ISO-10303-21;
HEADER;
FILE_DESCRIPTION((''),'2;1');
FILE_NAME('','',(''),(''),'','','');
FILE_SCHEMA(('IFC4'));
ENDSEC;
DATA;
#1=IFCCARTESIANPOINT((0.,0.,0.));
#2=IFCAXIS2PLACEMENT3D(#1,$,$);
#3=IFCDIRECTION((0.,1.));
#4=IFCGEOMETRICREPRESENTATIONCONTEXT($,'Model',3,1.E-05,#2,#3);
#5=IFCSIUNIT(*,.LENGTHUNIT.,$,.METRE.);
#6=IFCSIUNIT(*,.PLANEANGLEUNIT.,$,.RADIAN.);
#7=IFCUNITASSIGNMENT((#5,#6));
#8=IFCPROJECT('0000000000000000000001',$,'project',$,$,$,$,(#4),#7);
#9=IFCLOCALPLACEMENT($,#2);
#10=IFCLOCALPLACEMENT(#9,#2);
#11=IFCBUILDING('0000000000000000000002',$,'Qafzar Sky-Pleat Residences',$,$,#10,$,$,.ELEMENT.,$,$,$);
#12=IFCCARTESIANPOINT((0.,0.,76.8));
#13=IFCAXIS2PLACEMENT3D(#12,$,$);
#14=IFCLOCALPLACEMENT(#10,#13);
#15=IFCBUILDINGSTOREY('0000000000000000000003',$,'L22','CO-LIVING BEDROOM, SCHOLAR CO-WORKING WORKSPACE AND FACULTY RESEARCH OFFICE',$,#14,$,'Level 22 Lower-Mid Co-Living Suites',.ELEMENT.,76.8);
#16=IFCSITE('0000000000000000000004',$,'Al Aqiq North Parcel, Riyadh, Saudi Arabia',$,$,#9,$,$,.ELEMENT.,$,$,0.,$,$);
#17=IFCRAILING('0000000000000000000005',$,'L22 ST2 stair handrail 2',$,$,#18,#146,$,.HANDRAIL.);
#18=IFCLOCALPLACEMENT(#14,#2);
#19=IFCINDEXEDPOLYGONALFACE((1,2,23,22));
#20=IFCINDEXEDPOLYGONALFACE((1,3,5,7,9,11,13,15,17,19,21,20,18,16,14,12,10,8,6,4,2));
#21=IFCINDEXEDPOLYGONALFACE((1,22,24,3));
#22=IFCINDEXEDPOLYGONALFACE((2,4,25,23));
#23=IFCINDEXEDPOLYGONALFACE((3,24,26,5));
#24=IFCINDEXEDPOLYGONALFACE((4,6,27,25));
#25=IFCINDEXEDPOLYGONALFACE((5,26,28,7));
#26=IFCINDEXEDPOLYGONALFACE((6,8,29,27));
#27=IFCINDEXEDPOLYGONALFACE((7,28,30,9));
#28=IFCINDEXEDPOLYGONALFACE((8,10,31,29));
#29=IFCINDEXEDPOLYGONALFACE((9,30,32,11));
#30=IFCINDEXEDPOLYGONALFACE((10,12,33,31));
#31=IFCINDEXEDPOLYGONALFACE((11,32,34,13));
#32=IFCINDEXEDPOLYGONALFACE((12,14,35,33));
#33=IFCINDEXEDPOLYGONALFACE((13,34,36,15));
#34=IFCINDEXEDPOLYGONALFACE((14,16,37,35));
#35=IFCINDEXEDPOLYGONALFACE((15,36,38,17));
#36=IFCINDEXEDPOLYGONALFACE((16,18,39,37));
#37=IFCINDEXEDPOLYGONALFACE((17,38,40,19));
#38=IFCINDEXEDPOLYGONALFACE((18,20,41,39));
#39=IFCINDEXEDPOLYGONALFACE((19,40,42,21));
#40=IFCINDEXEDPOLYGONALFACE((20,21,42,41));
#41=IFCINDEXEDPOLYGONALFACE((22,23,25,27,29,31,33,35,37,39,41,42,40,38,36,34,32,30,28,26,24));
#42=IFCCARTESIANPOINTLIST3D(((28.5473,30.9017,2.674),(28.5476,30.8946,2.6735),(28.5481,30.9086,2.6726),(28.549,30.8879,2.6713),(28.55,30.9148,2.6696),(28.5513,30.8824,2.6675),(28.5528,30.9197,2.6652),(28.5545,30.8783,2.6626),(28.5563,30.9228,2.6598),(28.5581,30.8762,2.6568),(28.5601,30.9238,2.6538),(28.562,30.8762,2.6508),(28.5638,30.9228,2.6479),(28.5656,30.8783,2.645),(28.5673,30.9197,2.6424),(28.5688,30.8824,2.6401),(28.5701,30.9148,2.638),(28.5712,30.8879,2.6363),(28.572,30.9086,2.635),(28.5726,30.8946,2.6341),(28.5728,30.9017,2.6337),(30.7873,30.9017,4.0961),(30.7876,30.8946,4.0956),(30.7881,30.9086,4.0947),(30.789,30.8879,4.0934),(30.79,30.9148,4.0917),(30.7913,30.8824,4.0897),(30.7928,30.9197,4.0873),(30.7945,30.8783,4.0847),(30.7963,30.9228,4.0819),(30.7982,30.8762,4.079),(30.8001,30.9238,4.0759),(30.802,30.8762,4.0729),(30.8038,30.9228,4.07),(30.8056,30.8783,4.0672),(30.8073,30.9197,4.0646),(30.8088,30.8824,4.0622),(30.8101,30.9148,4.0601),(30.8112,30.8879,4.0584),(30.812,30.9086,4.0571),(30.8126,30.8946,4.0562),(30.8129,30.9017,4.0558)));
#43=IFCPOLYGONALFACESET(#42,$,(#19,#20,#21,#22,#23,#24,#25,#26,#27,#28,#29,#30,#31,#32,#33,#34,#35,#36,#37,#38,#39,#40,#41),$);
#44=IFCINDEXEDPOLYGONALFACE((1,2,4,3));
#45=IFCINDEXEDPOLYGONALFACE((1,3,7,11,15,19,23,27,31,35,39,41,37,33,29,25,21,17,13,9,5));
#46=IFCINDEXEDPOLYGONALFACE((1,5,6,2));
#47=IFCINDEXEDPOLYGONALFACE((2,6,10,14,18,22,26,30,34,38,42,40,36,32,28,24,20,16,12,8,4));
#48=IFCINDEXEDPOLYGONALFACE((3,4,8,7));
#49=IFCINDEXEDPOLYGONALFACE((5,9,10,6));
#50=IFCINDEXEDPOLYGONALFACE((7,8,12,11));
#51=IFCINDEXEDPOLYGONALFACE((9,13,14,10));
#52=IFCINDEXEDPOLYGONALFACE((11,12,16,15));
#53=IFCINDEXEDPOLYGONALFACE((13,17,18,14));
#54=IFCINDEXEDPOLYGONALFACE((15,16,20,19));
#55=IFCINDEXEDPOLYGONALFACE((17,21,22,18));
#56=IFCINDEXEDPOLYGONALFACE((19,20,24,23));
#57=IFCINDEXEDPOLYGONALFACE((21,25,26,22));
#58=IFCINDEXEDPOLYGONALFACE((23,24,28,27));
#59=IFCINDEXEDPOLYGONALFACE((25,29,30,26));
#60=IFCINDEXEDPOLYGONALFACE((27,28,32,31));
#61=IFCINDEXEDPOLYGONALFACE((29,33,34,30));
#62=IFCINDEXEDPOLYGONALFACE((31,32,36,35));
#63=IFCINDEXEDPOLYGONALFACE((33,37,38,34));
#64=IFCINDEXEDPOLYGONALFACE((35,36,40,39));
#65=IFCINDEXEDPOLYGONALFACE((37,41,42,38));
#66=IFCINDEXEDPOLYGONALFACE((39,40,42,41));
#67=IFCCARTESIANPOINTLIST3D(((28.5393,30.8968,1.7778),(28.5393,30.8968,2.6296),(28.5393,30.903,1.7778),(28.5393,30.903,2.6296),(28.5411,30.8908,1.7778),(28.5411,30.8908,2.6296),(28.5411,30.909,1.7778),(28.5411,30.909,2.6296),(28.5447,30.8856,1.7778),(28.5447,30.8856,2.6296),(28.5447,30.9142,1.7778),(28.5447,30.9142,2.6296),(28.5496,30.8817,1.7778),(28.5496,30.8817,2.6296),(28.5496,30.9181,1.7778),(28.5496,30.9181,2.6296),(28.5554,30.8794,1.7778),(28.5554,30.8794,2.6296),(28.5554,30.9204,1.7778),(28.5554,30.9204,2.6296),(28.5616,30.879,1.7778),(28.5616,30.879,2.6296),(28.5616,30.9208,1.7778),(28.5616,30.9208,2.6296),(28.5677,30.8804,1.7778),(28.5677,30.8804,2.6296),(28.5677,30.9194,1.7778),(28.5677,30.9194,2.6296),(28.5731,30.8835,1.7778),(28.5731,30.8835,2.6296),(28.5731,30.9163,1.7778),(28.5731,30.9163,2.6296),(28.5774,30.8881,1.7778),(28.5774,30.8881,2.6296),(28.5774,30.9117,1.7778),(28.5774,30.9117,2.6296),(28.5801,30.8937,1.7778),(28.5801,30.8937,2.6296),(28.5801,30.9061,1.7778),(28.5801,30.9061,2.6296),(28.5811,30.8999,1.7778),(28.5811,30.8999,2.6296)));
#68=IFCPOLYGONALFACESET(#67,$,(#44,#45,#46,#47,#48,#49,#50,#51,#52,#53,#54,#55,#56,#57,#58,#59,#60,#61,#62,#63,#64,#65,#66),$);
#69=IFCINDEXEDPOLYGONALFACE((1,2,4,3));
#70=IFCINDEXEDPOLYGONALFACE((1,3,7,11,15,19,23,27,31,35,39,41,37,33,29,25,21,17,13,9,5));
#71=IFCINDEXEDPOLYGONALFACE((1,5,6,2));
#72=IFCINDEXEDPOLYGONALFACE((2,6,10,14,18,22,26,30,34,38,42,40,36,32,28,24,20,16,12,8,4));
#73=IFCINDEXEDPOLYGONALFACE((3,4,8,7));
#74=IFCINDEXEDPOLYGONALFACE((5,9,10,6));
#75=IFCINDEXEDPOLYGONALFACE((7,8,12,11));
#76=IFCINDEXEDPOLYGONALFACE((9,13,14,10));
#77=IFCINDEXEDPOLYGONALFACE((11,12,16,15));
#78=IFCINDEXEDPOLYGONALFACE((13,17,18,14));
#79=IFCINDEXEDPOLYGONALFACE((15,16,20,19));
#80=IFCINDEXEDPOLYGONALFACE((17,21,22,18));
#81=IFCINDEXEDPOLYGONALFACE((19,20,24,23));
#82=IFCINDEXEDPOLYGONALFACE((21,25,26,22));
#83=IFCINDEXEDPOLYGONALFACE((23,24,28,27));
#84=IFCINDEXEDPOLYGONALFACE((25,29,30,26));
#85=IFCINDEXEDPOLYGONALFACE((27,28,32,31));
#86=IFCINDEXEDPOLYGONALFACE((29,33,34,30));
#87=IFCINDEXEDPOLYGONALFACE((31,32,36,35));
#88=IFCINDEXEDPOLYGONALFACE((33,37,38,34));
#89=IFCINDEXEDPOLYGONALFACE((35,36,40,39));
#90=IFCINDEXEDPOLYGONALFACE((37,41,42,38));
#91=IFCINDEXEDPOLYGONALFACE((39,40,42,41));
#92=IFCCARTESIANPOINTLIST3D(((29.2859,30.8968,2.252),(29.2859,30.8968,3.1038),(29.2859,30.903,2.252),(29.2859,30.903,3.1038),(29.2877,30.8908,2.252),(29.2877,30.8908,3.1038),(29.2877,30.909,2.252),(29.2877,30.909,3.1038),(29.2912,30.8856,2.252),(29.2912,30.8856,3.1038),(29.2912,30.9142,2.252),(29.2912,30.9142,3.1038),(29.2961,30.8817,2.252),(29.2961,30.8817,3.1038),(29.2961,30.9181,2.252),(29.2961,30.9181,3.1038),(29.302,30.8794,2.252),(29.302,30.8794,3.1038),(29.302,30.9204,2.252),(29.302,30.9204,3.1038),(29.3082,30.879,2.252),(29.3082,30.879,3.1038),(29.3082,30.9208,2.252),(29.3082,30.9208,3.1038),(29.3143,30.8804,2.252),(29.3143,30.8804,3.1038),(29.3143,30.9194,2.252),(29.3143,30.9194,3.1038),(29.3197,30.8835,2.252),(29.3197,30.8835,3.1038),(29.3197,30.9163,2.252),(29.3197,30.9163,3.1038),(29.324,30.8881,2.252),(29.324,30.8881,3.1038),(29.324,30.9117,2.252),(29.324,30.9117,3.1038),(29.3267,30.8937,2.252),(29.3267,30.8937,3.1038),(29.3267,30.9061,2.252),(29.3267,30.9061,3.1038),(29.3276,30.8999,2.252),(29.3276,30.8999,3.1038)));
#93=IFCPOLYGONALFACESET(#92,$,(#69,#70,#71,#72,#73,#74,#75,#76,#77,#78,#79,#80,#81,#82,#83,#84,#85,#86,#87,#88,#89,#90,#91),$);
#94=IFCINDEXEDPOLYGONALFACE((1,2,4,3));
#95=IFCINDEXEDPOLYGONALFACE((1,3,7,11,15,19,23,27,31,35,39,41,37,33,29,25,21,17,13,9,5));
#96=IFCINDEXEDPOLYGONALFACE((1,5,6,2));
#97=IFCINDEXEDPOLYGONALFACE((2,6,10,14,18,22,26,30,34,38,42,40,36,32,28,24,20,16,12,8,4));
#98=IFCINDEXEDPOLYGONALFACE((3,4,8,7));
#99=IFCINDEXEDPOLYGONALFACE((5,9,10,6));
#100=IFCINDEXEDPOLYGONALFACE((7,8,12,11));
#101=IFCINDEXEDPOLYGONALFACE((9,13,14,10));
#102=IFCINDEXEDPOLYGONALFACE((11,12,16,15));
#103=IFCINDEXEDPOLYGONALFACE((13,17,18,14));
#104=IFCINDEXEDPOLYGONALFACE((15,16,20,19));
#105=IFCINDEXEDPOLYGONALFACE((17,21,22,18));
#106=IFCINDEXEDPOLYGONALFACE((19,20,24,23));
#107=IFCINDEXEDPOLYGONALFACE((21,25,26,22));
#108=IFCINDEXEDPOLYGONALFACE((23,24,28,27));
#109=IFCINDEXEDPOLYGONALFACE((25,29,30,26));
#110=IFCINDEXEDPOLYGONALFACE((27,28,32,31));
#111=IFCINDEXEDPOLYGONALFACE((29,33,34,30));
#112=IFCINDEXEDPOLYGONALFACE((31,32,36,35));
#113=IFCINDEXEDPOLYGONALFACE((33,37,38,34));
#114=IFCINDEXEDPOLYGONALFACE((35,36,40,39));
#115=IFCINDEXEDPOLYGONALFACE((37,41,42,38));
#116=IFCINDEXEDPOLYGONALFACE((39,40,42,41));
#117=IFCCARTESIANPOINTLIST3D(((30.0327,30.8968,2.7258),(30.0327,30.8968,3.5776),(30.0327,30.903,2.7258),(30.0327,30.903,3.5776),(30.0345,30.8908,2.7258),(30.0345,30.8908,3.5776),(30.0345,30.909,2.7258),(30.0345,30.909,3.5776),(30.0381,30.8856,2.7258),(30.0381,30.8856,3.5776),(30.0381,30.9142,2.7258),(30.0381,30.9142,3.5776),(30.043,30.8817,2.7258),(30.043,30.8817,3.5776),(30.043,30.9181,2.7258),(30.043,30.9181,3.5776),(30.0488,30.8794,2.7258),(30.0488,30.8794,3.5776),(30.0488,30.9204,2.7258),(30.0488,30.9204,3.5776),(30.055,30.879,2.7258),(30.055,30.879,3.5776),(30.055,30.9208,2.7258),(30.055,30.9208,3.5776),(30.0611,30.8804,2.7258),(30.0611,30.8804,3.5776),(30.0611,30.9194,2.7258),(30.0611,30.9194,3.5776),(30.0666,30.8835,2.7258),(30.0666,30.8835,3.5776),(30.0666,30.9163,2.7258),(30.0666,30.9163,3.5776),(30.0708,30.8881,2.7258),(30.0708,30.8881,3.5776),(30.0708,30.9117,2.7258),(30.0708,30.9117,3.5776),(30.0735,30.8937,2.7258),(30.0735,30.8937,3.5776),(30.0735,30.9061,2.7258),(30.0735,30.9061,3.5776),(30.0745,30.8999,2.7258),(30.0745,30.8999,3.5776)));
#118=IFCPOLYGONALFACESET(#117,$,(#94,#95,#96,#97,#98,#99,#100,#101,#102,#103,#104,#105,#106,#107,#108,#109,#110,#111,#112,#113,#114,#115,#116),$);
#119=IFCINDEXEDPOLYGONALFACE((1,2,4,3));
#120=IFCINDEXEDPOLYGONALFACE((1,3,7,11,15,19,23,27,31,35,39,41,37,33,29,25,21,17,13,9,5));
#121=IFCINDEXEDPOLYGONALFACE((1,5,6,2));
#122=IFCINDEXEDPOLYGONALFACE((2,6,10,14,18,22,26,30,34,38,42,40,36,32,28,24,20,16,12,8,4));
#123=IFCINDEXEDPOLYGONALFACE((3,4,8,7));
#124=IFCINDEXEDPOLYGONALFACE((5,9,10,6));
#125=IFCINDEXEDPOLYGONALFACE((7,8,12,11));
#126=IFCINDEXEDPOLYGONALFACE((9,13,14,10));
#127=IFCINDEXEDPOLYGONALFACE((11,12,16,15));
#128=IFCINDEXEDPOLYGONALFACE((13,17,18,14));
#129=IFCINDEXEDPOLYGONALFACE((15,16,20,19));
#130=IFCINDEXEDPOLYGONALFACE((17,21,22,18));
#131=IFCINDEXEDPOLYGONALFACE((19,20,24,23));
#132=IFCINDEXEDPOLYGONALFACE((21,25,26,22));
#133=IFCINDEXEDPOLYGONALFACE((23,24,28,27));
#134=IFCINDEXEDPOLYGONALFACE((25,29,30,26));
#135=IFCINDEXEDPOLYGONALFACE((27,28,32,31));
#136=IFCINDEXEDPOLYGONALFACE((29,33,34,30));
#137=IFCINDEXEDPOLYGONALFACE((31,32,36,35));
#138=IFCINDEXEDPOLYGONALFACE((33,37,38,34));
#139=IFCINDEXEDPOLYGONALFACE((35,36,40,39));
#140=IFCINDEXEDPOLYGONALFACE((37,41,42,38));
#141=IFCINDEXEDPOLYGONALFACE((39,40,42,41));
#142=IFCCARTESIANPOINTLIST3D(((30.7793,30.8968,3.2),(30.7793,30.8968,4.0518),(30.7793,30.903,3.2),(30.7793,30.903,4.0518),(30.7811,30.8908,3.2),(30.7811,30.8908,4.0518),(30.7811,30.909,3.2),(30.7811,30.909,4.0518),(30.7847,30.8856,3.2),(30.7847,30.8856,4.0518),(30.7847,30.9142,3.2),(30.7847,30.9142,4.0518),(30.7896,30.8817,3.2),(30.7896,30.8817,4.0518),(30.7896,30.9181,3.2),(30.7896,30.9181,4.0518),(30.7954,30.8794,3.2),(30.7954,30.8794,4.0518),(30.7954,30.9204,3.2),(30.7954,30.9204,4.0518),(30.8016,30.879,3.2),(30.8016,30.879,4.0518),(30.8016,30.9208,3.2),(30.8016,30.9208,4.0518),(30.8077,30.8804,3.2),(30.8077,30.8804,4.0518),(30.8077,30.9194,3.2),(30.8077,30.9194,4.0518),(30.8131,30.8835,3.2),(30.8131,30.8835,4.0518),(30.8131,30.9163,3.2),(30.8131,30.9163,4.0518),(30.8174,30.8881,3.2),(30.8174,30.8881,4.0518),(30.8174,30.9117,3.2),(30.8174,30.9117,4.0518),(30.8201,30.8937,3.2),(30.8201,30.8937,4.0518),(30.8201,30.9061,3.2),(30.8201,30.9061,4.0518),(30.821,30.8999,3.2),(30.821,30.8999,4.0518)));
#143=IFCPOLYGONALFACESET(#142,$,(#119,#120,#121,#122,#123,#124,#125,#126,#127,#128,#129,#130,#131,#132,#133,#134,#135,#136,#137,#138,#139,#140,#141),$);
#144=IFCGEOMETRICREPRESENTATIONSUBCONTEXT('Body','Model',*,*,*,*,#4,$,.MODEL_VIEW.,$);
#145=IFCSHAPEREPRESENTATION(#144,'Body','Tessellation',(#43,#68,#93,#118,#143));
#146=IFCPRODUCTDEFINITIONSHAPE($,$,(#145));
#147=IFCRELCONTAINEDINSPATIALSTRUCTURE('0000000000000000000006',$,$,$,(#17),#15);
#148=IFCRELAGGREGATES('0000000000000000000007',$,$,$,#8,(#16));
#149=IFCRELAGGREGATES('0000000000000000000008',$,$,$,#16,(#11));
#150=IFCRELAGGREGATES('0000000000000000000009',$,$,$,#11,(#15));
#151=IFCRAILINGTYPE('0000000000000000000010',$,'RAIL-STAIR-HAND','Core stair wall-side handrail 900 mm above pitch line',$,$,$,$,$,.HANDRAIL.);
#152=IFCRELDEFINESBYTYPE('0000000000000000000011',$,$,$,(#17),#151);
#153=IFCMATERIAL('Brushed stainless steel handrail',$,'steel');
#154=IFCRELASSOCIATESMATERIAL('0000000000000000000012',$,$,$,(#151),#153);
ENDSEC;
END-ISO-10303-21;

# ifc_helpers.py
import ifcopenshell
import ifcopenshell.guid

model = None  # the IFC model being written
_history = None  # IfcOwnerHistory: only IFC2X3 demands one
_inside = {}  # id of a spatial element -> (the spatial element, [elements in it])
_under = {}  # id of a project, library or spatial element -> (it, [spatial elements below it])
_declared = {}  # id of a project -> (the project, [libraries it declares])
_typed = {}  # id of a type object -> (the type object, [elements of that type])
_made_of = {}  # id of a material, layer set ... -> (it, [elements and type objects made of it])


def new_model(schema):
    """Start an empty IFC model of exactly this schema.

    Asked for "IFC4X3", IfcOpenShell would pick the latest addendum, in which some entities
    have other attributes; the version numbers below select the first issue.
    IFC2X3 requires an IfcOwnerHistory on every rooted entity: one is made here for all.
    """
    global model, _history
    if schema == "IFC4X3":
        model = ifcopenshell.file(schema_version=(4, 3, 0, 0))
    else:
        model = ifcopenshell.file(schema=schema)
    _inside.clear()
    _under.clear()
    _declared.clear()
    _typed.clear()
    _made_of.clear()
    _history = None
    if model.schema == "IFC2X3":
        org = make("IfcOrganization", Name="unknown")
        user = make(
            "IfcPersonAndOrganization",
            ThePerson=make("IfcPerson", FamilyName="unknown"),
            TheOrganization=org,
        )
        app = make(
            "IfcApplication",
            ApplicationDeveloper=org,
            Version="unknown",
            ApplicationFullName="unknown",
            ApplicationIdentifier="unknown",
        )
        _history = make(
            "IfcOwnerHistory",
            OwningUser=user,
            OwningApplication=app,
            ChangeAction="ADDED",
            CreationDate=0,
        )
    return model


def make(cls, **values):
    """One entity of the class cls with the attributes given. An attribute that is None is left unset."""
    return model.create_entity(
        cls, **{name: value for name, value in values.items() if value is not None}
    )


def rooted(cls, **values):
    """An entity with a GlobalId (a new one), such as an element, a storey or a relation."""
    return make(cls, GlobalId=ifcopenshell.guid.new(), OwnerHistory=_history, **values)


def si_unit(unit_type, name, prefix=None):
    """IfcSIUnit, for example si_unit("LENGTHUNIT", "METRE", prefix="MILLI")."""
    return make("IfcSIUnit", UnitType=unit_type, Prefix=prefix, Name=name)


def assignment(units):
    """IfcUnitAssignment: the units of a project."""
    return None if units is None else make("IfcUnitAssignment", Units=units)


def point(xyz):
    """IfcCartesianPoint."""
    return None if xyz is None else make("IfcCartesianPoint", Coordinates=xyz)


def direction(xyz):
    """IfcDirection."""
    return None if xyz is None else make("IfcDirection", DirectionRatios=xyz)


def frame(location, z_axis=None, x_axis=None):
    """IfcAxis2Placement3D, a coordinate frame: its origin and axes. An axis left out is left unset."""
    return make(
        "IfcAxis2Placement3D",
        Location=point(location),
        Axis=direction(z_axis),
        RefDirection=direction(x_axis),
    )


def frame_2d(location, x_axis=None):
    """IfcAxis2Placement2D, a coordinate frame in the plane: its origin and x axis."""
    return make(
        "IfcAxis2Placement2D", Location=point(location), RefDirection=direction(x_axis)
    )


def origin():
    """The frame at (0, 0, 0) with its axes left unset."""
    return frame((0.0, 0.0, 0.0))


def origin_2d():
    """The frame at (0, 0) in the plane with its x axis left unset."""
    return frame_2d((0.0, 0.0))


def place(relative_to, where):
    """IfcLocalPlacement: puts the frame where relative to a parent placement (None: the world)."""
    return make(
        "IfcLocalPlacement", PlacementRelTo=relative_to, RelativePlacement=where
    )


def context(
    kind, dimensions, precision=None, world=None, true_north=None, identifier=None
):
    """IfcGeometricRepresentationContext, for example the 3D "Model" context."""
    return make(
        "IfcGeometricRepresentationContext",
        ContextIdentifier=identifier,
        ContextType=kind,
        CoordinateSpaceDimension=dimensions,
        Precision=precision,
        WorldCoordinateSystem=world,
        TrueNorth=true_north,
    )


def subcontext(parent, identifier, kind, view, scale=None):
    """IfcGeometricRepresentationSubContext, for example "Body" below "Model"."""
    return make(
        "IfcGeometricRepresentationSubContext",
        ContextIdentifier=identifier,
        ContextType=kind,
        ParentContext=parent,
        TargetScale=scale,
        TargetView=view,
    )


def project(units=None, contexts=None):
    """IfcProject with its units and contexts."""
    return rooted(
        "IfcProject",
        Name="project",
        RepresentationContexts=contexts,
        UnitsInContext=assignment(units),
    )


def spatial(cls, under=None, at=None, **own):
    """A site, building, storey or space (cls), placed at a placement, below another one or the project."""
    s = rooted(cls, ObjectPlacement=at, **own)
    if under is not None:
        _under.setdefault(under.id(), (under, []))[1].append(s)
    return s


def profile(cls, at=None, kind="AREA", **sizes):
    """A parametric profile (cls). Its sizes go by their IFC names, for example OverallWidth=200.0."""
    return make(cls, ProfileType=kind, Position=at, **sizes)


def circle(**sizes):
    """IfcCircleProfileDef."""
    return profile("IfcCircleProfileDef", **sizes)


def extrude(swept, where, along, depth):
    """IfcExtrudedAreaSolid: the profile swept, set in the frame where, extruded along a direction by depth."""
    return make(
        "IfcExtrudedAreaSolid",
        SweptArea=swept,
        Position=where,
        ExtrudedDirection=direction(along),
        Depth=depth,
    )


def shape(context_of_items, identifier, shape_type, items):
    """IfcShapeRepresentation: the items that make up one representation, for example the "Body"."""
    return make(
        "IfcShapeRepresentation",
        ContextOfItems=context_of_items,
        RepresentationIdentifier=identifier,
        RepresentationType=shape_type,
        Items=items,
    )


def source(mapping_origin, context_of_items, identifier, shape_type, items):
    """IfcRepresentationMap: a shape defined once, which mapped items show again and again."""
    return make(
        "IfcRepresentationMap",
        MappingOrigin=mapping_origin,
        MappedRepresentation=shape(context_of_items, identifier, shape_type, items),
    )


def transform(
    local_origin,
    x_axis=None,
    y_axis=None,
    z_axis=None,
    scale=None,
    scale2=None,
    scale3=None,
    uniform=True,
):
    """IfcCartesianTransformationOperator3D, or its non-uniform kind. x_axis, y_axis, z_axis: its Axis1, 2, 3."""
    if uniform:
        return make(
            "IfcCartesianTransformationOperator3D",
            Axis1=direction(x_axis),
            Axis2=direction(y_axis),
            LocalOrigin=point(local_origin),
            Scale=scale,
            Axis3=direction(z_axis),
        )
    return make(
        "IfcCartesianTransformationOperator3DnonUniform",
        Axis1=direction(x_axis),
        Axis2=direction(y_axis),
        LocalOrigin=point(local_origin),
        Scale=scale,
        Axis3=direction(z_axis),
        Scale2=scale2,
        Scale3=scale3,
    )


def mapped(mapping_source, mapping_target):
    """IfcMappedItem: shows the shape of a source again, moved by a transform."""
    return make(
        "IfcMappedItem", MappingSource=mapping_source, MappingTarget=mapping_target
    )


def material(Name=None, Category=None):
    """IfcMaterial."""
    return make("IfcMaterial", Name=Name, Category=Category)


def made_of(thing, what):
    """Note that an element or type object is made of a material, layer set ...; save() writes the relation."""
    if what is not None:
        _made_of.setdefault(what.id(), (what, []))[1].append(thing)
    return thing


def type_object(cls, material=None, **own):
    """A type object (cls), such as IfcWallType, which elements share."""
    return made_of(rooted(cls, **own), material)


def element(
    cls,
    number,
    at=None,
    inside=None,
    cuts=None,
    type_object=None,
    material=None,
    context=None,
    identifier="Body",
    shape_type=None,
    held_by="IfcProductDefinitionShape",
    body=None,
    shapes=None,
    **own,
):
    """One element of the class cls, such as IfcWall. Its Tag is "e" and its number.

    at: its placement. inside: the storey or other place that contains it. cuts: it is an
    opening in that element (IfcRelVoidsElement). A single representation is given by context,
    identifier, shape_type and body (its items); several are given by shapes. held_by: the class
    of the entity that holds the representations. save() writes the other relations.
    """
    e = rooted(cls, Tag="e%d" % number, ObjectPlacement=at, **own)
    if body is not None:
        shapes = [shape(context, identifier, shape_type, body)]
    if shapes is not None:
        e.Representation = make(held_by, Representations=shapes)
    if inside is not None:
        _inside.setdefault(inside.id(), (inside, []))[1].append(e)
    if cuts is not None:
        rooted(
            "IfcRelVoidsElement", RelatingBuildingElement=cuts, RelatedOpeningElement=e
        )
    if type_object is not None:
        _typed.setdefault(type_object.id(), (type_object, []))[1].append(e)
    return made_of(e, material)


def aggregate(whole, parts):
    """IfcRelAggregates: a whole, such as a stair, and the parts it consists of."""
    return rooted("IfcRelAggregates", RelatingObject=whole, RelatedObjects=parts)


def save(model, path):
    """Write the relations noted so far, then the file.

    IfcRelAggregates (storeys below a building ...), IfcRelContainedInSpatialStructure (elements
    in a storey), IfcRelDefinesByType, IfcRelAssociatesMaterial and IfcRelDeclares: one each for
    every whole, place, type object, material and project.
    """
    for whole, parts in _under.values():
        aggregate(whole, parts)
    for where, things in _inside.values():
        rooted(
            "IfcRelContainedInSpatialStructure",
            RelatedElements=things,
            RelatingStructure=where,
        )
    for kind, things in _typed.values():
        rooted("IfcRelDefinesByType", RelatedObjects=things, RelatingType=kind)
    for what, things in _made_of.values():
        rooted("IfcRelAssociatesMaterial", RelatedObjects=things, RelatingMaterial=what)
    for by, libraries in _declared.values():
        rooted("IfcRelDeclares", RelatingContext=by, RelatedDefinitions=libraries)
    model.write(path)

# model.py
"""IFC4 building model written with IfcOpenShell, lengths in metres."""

from ifc_helpers import new_model, si_unit, direction, frame, origin, origin_2d, place, context, subcontext, project, spatial, circle, extrude, source, transform, mapped, material, type_object, element, save


model = new_model("IFC4")

# Units and contexts
model_context = context("Model", 3, precision=1e-05, world=origin(), true_north=direction((0.0, 1.0)))
body_context = subcontext(model_context, "Body", "Model", "MODEL_VIEW")
ifc_project = project(units=[si_unit("LENGTHUNIT", "METRE"), si_unit("PLANEANGLEUNIT", "RADIAN")], contexts=[model_context])

# Site, building, storey
site_placement = place(None, origin())
site = spatial("IfcSite", under=ifc_project, at=site_placement, Name="Al Aqiq North Parcel, Riyadh, Saudi Arabia", CompositionType="ELEMENT", RefElevation=0.0)
building_placement = place(site_placement, origin())
building = spatial("IfcBuilding", under=site, at=building_placement, Name="Qafzar Sky-Pleat Residences", CompositionType="ELEMENT")
storey_placement = place(building_placement, frame((0.0, 0.0, 76.8)))
storey = spatial("IfcBuildingStorey", under=building, at=storey_placement, Name="L22", Description="CO-LIVING BEDROOM, SCHOLAR CO-WORKING WORKSPACE AND FACULTY RESEARCH OFFICE", LongName="Level 22 Lower-Mid Co-Living Suites", CompositionType="ELEMENT", Elevation=76.8)

# Railing
ifc_material_1 = material(Name="Brushed stainless steel handrail", Category="steel")
railing_type_1 = type_object("IfcRailingType", Name="RAIL-STAIR-HAND", Description="Core stair wall-side handrail 900 mm above pitch line", PredefinedType="HANDRAIL", material=ifc_material_1)
shared_shape_1 = source(origin(), body_context, "Body", "SweptSolid", [
    extrude(circle(Radius=0.0239, at=origin_2d()), frame((0.0, 0.0, 0.876), z_axis=(0.844229, 0.0, 0.535982), x_axis=(0.0, 1.0, 0.0)), (0.0, 0.0, 1.0), 2.6533),
    extrude(circle(Radius=0.021, at=origin_2d()), origin(), (0.0, 0.0, 1.0), 0.8518),
    extrude(circle(Radius=0.021, at=origin_2d()), frame((0.7466, 0.0, 0.4741)), (0.0, 0.0, 1.0), 0.8518),
    extrude(circle(Radius=0.021, at=origin_2d()), frame((1.4934, 0.0, 0.948)), (0.0, 0.0, 1.0), 0.8518),
    extrude(circle(Radius=0.021, at=origin_2d()), frame((2.24, 0.0, 1.4221)), (0.0, 0.0, 1.0), 0.8518),
])
railing_1_placement = place(storey_placement, frame((28.5601, 30.8999, 1.7778)))
element("IfcRailing", 1, at=railing_1_placement, inside=storey, type_object=railing_type_1, Name="L22 ST2 stair handrail 2", PredefinedType="HANDRAIL", context=body_context, shape_type="MappedRepresentation", body=[
    mapped(shared_shape_1, transform((0.0, 0.0, 0.0), x_axis=(1.0, 0.0, 0.0), y_axis=(0.0, 1.0, 0.0), z_axis=(0.0, 0.0, 1.0), scale=1.0)),
])

save(model, "model.ifc")
